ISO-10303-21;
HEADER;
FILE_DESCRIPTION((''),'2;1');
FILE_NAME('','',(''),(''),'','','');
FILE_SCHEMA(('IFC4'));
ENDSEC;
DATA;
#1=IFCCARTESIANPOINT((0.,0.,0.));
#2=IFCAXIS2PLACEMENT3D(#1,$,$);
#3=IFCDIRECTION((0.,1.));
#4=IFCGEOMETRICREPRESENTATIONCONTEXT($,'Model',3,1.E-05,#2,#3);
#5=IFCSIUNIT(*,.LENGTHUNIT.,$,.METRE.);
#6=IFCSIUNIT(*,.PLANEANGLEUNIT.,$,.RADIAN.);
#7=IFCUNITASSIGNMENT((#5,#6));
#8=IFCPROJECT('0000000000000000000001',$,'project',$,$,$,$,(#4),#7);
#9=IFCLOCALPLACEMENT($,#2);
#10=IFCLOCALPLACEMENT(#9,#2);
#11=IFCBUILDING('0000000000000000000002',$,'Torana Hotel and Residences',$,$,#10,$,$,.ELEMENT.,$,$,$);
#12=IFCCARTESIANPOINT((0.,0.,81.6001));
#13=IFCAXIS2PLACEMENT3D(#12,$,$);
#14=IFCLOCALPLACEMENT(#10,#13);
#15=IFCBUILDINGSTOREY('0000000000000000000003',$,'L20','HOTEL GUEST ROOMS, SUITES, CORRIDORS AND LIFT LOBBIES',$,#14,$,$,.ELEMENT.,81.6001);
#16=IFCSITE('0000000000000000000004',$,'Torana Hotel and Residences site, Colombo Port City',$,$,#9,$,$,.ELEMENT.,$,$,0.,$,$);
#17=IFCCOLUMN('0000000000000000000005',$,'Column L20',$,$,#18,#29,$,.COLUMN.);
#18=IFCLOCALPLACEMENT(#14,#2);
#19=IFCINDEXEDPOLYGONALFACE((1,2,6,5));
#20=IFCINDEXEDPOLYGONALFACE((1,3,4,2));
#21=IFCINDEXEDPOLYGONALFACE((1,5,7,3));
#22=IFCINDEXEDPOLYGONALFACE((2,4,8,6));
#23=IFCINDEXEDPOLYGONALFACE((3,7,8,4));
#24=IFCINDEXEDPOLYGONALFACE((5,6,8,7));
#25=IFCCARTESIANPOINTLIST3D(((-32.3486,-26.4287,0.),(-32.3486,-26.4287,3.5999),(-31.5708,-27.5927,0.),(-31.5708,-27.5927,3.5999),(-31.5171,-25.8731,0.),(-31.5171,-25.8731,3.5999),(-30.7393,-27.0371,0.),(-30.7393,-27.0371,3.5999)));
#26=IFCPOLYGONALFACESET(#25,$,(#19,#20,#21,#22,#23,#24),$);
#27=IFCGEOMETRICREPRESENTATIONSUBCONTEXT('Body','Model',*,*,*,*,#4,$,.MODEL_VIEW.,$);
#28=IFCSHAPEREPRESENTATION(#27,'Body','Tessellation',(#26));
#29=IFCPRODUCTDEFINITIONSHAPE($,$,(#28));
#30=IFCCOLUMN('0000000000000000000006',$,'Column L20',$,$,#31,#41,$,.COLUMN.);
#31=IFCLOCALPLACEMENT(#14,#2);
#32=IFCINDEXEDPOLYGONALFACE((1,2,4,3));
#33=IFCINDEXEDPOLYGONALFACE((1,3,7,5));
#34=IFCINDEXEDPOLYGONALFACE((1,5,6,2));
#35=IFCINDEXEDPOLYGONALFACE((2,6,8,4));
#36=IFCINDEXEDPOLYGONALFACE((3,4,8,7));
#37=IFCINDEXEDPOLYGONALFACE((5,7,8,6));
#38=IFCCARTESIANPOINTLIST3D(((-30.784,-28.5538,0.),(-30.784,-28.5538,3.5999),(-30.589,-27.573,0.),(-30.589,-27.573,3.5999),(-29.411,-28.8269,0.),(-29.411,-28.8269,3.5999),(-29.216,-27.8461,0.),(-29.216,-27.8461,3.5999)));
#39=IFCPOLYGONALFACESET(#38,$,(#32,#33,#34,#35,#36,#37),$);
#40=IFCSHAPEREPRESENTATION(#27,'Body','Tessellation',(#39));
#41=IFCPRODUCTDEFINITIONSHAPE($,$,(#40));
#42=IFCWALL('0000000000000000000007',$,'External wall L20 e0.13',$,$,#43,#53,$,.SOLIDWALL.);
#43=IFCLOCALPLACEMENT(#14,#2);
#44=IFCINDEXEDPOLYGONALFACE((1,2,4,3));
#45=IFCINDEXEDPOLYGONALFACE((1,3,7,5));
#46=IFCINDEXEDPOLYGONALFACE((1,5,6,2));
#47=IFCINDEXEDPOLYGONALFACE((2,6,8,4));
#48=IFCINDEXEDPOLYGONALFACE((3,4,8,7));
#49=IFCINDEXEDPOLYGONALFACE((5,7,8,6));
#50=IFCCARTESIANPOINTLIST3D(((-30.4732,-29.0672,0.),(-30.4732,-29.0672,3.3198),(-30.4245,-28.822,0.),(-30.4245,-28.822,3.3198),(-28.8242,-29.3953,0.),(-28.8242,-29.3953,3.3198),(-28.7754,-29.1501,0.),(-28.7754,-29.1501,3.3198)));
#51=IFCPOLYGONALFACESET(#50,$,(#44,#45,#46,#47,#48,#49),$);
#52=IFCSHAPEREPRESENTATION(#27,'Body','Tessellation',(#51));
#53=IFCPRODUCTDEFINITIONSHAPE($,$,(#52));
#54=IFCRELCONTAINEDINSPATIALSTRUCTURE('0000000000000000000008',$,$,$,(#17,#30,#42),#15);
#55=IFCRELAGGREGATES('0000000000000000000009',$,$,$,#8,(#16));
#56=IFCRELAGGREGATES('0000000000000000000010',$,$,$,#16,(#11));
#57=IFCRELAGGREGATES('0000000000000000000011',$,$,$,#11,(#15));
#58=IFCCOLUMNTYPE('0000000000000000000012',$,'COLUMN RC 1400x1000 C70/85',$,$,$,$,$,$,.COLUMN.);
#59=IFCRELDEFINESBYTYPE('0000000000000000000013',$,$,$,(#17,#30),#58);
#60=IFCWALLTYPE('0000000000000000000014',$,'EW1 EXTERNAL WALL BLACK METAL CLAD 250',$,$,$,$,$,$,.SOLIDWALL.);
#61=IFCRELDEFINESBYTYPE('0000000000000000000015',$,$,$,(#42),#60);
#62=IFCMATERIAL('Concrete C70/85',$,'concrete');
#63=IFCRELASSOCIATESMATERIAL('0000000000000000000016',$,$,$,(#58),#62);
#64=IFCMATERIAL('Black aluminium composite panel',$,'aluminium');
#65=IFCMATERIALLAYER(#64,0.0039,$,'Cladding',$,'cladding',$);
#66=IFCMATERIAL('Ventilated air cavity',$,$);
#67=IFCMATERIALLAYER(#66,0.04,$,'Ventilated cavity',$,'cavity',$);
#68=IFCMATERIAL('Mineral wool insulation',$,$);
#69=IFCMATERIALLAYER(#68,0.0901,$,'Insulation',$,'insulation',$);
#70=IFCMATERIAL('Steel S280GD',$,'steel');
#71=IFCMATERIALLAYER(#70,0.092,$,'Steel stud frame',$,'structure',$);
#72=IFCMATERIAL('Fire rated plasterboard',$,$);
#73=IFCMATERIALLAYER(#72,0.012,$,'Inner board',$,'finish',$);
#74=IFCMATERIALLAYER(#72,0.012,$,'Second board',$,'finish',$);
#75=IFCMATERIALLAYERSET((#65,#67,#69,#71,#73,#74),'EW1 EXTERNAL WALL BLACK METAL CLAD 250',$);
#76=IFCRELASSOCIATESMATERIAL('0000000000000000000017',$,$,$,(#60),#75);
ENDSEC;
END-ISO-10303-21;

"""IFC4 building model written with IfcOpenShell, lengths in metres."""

from ifc_helpers import new_model, si_unit, direction, frame, frame_2d, origin, origin_2d, place, context, subcontext, project, spatial, rectangle, extrude, material, layer, layer_set, material_profile, profile_set, type_object, element, save


model = new_model("IFC4")

# Units and contexts
model_context = context("Model", 3, precision=1e-05, world=origin(), true_north=direction((0.0, 1.0)))
body_context = subcontext(model_context, "Body", "Model", "MODEL_VIEW")
ifc_project = project(units=[si_unit("LENGTHUNIT", "METRE"), si_unit("PLANEANGLEUNIT", "RADIAN")], contexts=[model_context])

# Site, building, storey
site_placement = place(None, origin())
site = spatial("IfcSite", under=ifc_project, at=site_placement, Name="Torana Hotel and Residences site, Colombo Port City", CompositionType="ELEMENT", RefElevation=0.0)
building_placement = place(site_placement, origin())
building = spatial("IfcBuilding", under=site, at=building_placement, Name="Torana Hotel and Residences", CompositionType="ELEMENT")
storey_placement = place(building_placement, frame((0.0, 0.0, 81.6001)))
storey = spatial("IfcBuildingStorey", under=building, at=storey_placement, Name="L20", Description="HOTEL GUEST ROOMS, SUITES, CORRIDORS AND LIFT LOBBIES", CompositionType="ELEMENT", Elevation=81.6001)

# Columns
ifc_material_1 = material(Name="Concrete C70/85", Category="concrete")
ifc_material_profile = material_profile(ifc_material_1, rectangle(XDim=1.3999, YDim=1.0, at=origin_2d()), Name="RC 1400x1000")
ifc_profile_set = profile_set([ifc_material_profile], Name="Concrete C70/85")
column_type = type_object("IfcColumnType", Name="COLUMN RC 1400x1000 C70/85", PredefinedType="COLUMN", material=ifc_profile_set)
for number, where, z_axis, x_axis, name in (
    (1, (-31.5439, -26.7329, 0.0), (0.0, 0.0, 1.0), (-0.555585, 0.83146, 0.0), "Column L20"),
    (2, (-30.0, -28.2, 0.0), (0.0, 0.0, 1.0), (-0.980792, 0.195056, 0.0), "Column L20"),
):
    element("IfcColumn", number, at=place(storey_placement, frame(where, z_axis=z_axis, x_axis=x_axis)), inside=storey, type_object=column_type, Name=name, PredefinedType="COLUMN", context=body_context, shape_type="SweptSolid", body=[
        extrude(rectangle(XDim=1.3999, YDim=1.0, at=origin_2d()), origin(), (0.0, 0.0, 1.0), 3.5999),
    ])

# Wall
ifc_material_2 = material(Name="Black aluminium composite panel", Category="aluminium")
ifc_layer_1 = layer(ifc_material_2, 0.0039, Name="Cladding", Category="cladding")
ifc_material_3 = material(Name="Ventilated air cavity")
ifc_layer_2 = layer(ifc_material_3, 0.04, Name="Ventilated cavity", Category="cavity")
ifc_material_4 = material(Name="Mineral wool insulation")
ifc_layer_3 = layer(ifc_material_4, 0.0901, Name="Insulation", Category="insulation")
ifc_material_5 = material(Name="Steel S280GD", Category="steel")
ifc_layer_4 = layer(ifc_material_5, 0.092, Name="Steel stud frame", Category="structure")
ifc_material_6 = material(Name="Fire rated plasterboard")
ifc_layer_5 = layer(ifc_material_6, 0.012, Name="Inner board", Category="finish")
ifc_layer_6 = layer(ifc_material_6, 0.012, Name="Second board", Category="finish")
ifc_layer_set = layer_set([ifc_layer_1, ifc_layer_2, ifc_layer_3, ifc_layer_4, ifc_layer_5, ifc_layer_6], Name="EW1 EXTERNAL WALL BLACK METAL CLAD 250")
wall_type = type_object("IfcWallType", Name="EW1 EXTERNAL WALL BLACK METAL CLAD 250", PredefinedType="SOLIDWALL", material=ifc_layer_set)
wall_1_placement = place(storey_placement, frame((-30.449, -28.9446, 0.0), z_axis=(0.0, 0.0, 1.0), x_axis=(0.980776, -0.195139, 0.0)))
element("IfcWall", 3, at=wall_1_placement, inside=storey, type_object=wall_type, Name="External wall L20 e0.13", PredefinedType="SOLIDWALL", context=body_context, shape_type="SweptSolid", body=[
    extrude(rectangle(XDim=1.6814, YDim=0.25, at=frame_2d((0.8408, 0.0))), origin(), (0.0, 0.0, 1.0), 3.3198),
])

save(model, "model.ifc")
